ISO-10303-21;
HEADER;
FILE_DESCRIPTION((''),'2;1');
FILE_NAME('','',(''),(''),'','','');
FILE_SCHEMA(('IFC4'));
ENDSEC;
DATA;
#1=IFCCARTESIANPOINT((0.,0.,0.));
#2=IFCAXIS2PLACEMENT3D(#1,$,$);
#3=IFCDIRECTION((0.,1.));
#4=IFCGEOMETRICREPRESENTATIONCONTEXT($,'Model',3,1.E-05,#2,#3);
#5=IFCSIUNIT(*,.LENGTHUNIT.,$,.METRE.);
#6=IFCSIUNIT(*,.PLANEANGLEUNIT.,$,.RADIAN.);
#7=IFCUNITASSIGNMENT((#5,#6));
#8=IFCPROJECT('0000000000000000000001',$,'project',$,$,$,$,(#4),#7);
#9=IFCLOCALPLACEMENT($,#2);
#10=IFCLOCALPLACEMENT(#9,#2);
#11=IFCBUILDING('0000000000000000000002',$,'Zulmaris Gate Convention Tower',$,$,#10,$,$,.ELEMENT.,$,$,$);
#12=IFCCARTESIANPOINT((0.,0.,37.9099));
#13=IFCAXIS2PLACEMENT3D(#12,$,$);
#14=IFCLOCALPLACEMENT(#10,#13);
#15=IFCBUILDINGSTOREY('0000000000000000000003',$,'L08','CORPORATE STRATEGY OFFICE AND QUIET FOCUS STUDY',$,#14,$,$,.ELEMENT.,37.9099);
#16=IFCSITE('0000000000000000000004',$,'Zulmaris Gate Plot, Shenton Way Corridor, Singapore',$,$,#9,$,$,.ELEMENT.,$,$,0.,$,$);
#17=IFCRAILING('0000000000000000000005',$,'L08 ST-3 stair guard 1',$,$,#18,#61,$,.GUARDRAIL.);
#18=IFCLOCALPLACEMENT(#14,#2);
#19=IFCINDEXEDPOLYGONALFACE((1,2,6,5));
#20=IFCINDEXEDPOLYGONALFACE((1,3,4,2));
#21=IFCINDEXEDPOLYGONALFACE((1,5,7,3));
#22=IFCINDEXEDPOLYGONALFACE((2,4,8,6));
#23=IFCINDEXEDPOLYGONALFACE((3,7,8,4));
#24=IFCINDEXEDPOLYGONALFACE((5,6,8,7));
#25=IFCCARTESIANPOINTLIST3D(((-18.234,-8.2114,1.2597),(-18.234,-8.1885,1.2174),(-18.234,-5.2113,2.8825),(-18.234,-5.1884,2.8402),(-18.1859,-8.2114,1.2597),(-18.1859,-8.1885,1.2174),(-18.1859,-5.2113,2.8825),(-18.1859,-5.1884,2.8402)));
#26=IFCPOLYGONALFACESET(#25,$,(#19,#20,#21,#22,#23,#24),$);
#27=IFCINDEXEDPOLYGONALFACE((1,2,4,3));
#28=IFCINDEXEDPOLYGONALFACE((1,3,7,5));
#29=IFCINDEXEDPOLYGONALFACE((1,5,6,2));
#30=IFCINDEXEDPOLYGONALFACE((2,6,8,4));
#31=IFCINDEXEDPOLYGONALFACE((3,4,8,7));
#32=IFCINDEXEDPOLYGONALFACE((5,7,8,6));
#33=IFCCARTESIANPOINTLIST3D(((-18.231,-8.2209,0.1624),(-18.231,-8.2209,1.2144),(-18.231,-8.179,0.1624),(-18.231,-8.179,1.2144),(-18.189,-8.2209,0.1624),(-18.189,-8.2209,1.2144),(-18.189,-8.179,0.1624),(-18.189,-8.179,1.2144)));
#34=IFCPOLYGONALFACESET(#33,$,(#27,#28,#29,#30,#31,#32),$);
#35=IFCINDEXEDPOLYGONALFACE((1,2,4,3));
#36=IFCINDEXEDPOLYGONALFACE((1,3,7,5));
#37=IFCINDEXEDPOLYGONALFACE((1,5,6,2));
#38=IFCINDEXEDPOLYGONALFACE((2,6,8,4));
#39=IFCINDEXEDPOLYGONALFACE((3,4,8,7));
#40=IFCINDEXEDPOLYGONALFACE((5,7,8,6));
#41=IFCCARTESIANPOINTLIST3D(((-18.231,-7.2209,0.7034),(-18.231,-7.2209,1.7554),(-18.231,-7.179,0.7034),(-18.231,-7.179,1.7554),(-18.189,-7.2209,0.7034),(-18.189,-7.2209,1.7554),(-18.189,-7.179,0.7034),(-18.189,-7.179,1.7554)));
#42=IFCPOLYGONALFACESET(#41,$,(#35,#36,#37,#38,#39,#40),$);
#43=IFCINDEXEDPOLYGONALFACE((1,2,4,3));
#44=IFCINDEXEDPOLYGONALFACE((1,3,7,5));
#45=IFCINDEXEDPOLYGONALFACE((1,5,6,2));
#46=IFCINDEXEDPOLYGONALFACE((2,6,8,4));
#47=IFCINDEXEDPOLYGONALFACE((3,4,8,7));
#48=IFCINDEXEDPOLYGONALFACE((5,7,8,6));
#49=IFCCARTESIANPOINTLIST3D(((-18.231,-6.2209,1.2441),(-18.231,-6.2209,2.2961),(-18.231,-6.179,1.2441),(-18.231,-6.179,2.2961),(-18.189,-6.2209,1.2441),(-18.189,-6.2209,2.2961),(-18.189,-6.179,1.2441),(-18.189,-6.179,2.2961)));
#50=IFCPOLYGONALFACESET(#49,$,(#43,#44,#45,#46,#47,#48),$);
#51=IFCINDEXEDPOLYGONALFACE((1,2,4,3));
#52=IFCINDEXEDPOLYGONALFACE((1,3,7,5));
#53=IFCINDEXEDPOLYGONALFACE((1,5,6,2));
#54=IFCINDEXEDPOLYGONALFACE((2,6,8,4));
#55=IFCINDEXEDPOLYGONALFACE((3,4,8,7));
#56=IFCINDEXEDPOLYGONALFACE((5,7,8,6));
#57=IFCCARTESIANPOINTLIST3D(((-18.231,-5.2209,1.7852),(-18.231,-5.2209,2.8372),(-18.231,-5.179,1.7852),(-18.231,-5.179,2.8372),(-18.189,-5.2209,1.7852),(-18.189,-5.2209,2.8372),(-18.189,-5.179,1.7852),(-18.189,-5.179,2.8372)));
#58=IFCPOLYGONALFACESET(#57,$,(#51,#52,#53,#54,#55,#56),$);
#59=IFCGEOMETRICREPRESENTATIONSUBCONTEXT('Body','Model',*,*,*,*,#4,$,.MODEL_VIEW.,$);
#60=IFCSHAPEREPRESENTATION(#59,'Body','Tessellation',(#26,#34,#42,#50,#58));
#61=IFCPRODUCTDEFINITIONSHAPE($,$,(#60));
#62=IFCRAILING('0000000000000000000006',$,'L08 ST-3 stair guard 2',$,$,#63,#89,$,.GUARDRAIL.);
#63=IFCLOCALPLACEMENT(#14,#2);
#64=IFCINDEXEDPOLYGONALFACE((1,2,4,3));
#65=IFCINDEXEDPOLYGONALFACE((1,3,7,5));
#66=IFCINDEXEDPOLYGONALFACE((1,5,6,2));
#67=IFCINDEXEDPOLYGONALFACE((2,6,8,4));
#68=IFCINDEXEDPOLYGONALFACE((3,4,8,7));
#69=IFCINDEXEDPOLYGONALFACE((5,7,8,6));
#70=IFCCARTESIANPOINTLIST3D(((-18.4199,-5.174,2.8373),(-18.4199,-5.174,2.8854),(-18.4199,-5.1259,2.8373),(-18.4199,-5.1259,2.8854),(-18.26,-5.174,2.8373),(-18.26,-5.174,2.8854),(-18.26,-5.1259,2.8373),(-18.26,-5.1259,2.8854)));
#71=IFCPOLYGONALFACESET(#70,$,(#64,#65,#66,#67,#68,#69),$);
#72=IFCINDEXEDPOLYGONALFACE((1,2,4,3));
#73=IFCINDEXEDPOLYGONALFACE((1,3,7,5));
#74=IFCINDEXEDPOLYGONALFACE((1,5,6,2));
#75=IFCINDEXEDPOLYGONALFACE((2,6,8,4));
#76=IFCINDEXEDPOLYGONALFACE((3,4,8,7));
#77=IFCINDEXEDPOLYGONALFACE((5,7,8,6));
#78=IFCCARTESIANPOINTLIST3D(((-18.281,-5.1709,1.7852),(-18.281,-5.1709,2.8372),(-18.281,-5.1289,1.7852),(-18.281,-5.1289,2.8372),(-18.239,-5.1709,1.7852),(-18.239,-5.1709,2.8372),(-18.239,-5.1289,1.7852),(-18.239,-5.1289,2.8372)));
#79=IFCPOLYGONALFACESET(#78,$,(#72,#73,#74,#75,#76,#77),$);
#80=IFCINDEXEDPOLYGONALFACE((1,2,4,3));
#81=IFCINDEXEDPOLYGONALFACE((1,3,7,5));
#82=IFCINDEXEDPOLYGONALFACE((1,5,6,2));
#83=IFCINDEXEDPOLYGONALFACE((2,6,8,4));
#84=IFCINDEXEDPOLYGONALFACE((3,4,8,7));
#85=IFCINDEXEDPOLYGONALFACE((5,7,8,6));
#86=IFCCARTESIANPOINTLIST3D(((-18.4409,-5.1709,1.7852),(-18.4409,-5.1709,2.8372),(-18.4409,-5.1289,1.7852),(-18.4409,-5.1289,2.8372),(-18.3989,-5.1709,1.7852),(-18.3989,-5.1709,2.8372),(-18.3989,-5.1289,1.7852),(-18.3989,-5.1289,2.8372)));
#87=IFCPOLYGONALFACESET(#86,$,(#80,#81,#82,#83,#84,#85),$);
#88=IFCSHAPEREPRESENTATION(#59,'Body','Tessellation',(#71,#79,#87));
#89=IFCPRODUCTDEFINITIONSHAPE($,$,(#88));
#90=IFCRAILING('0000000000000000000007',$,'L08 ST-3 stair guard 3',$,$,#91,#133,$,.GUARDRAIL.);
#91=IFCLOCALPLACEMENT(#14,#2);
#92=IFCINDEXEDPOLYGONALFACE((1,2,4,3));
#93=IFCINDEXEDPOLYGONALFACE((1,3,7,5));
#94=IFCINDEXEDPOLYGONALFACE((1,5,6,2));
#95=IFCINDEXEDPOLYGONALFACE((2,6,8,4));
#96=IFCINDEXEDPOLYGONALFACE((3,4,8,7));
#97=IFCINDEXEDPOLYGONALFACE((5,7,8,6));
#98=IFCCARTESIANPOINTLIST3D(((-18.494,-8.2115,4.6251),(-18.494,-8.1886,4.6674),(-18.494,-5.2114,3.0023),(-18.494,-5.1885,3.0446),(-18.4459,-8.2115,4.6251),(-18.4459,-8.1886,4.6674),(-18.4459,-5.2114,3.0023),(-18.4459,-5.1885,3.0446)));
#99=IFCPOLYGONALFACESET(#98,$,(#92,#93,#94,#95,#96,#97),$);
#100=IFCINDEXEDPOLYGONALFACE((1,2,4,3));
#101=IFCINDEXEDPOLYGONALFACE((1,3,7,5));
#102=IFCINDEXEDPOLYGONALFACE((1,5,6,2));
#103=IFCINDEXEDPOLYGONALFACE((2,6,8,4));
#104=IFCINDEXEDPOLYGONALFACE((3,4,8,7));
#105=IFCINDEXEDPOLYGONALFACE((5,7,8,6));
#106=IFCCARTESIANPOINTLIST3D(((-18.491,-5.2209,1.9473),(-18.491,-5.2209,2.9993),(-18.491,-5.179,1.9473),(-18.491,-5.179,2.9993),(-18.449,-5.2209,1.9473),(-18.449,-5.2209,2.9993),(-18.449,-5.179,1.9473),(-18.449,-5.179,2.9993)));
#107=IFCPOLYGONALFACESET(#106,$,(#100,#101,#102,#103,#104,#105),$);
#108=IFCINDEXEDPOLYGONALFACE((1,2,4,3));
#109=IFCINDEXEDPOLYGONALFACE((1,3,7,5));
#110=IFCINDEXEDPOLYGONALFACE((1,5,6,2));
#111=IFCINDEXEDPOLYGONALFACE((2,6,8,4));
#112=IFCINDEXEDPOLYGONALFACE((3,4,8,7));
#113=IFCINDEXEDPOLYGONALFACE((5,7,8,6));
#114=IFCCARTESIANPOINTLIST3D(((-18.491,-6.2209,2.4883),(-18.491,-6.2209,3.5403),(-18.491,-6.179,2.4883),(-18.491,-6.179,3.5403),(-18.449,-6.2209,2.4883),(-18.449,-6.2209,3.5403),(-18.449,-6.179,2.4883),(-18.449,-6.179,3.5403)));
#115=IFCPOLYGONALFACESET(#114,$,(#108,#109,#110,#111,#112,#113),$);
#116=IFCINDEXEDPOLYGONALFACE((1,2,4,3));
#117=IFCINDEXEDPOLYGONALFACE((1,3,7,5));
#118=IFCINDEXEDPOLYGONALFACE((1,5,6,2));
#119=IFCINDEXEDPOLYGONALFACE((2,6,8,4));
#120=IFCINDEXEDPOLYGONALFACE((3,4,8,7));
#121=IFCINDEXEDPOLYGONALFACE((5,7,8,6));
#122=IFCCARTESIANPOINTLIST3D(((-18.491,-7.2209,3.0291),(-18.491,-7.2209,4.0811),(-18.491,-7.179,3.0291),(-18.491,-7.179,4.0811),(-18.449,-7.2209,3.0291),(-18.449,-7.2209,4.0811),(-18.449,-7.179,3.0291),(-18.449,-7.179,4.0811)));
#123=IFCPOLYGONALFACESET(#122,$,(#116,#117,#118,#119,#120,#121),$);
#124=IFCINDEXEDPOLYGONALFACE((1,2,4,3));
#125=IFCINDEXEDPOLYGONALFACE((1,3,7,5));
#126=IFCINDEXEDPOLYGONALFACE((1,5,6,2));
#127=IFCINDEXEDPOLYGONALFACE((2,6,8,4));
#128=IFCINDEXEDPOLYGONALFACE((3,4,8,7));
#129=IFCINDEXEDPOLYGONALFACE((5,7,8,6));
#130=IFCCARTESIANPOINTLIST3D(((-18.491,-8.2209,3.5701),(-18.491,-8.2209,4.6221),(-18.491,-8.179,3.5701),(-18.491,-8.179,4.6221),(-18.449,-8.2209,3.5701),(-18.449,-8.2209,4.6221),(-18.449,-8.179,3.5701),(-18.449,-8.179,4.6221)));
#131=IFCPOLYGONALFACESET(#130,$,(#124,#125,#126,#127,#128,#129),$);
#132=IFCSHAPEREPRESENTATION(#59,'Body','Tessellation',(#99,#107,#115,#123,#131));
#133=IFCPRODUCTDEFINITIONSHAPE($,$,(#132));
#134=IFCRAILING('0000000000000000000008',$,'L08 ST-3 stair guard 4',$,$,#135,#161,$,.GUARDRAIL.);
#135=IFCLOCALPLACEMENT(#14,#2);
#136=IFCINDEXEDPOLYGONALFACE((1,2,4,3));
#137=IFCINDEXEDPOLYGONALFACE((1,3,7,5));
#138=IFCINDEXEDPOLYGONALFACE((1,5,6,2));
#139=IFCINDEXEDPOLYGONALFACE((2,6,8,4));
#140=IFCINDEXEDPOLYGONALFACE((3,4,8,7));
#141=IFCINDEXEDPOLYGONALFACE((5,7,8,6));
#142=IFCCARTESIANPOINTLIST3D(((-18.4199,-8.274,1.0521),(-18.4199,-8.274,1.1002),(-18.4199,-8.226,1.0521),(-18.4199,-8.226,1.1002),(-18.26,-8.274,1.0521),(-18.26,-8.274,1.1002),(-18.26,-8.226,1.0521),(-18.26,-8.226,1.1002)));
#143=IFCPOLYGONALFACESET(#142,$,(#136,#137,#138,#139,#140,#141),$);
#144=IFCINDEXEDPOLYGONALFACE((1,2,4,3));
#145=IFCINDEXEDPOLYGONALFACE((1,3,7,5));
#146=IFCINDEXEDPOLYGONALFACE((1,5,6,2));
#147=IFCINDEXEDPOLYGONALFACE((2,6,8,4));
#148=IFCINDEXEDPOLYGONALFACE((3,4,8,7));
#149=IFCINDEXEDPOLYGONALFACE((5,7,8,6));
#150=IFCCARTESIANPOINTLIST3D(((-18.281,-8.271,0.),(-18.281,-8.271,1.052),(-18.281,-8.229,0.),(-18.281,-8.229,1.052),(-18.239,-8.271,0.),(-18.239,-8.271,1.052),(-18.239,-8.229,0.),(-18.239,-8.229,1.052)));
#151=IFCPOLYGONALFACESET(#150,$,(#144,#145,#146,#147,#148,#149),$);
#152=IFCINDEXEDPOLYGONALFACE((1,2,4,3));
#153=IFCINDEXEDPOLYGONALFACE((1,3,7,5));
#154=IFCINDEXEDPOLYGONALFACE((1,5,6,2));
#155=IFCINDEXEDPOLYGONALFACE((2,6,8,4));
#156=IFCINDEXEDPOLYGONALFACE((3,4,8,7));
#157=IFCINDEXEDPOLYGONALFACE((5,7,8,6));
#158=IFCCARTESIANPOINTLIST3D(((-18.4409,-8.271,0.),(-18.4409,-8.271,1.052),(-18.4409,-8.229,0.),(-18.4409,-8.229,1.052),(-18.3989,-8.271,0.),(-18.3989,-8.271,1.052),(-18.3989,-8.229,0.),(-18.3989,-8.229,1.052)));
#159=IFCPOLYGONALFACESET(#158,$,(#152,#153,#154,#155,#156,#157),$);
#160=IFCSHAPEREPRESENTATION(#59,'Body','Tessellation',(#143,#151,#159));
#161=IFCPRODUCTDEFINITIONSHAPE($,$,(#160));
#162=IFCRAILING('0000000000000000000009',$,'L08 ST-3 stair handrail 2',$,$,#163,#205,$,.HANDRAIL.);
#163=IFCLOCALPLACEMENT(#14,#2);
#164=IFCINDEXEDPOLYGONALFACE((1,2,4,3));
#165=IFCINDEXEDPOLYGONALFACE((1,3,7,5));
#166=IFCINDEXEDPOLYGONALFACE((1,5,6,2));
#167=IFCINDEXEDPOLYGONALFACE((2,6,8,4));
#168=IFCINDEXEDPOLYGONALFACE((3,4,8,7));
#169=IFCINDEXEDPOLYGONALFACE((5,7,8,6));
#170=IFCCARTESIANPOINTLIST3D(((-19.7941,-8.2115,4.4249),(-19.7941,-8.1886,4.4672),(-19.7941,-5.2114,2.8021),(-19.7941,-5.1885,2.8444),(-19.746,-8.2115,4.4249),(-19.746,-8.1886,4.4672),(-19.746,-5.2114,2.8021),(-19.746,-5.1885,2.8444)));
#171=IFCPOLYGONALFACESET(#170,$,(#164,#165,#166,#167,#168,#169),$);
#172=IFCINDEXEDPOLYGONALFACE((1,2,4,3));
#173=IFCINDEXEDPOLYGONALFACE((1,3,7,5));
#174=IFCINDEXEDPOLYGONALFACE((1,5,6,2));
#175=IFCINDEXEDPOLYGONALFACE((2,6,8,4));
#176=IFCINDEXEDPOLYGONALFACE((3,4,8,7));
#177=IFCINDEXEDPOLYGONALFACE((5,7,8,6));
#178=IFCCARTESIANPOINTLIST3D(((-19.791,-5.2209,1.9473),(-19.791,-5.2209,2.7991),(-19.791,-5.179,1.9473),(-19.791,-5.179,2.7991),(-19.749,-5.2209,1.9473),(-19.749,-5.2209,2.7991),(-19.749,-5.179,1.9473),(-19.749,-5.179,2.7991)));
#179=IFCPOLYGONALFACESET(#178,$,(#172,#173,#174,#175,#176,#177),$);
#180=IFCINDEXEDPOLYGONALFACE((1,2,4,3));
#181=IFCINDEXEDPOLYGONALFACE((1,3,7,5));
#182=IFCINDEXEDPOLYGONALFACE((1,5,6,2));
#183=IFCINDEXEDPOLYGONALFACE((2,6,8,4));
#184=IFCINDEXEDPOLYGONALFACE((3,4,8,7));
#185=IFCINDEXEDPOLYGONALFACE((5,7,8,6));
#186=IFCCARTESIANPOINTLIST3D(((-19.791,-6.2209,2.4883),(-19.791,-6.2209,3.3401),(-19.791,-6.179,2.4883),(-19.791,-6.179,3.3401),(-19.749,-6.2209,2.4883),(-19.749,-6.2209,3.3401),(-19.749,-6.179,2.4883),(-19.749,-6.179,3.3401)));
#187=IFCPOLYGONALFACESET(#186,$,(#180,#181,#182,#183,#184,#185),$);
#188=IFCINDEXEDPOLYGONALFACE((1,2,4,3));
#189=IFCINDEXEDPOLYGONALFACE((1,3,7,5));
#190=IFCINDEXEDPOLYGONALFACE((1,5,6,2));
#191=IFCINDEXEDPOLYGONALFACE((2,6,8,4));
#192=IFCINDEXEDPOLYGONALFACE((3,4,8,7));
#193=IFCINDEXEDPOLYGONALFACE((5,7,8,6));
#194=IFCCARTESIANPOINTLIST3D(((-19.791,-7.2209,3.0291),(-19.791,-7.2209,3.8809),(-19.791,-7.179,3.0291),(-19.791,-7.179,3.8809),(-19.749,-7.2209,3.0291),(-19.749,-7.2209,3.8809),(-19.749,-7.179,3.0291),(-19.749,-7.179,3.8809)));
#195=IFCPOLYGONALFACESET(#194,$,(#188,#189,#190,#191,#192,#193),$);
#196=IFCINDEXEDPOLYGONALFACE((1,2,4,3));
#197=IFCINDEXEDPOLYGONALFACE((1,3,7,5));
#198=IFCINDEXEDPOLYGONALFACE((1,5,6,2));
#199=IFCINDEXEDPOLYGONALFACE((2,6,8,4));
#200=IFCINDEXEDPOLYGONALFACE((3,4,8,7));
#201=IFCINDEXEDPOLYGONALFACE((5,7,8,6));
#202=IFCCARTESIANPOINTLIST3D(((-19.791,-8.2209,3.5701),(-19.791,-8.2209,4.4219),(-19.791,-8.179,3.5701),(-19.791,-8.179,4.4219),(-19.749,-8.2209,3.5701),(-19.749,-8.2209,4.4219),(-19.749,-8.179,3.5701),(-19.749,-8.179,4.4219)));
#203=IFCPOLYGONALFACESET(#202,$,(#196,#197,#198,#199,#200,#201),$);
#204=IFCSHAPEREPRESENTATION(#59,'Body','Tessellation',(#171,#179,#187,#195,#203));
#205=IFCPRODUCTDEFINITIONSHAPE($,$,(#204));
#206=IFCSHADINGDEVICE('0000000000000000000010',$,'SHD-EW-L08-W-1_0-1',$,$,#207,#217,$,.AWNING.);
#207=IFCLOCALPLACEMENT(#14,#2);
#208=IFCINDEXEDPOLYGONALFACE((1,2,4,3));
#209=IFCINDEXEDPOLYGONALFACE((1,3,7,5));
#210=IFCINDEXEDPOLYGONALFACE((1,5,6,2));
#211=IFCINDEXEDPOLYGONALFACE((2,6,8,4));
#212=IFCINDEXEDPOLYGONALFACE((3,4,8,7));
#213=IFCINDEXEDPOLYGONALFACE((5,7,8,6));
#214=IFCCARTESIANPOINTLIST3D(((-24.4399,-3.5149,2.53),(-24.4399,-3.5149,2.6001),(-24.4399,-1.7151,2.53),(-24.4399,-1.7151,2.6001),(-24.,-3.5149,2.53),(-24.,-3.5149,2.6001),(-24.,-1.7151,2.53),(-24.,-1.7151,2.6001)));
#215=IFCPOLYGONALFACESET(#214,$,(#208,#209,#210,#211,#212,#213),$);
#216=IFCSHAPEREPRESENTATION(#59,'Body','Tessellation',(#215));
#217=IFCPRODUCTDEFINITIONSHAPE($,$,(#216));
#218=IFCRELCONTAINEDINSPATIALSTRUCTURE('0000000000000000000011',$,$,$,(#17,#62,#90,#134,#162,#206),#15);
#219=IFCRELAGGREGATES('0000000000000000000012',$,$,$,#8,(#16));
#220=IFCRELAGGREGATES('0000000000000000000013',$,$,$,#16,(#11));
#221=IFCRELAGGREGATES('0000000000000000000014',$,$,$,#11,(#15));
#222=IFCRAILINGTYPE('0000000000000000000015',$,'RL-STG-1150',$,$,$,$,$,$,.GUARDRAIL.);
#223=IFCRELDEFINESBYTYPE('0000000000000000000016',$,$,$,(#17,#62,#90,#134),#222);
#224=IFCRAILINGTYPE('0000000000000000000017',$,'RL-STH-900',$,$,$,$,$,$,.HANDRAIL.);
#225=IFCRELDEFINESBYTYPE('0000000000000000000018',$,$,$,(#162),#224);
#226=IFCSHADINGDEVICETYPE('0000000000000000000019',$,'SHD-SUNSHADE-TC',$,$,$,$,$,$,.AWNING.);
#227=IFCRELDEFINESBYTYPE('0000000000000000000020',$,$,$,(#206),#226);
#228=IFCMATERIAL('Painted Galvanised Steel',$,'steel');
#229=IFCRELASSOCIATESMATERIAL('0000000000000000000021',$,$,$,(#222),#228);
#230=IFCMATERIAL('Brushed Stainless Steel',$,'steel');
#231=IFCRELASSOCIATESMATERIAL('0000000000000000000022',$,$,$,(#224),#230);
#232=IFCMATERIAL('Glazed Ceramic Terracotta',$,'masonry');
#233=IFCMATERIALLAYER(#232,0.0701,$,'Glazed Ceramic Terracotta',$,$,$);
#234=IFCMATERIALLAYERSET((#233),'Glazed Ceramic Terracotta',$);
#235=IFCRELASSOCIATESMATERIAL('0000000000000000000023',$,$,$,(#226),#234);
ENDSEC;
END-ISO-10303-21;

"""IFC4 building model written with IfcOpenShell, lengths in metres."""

from ifc_helpers import new_model, si_unit, direction, frame, frame_2d, origin, origin_2d, place, context, subcontext, project, spatial, rectangle, extrude, material, layer, layer_set, type_object, element, save


model = new_model("IFC4")

# Units and contexts
model_context = context("Model", 3, precision=1e-05, world=origin(), true_north=direction((0.0, 1.0)))
body_context = subcontext(model_context, "Body", "Model", "MODEL_VIEW")
ifc_project = project(units=[si_unit("LENGTHUNIT", "METRE"), si_unit("PLANEANGLEUNIT", "RADIAN")], contexts=[model_context])

# Site, building, storey
site_placement = place(None, origin())
site = spatial("IfcSite", under=ifc_project, at=site_placement, Name="Zulmaris Gate Plot, Shenton Way Corridor, Singapore", CompositionType="ELEMENT", RefElevation=0.0)
building_placement = place(site_placement, origin())
building = spatial("IfcBuilding", under=site, at=building_placement, Name="Zulmaris Gate Convention Tower", CompositionType="ELEMENT")
storey_placement = place(building_placement, frame((0.0, 0.0, 37.9099)))
storey = spatial("IfcBuildingStorey", under=building, at=storey_placement, Name="L08", Description="CORPORATE STRATEGY OFFICE AND QUIET FOCUS STUDY", CompositionType="ELEMENT", Elevation=37.9099)

# Railings
ifc_material_1 = material(Name="Painted Galvanised Steel", Category="steel")
railing_type_1 = type_object("IfcRailingType", Name="RL-STG-1150", PredefinedType="GUARDRAIL", material=ifc_material_1)
railing_1_placement = place(storey_placement, frame((-18.21, -8.2, 0.1624)))
element("IfcRailing", 1, at=railing_1_placement, inside=storey, type_object=railing_type_1, Name="L08 ST-3 stair guard 1", PredefinedType="GUARDRAIL", context=body_context, shape_type="SweptSolid", body=[
    extrude(rectangle(XDim=0.0481, YDim=0.0481, at=origin_2d()), frame((0.0, 0.0, 1.0762), z_axis=(0.0, 0.879562, 0.475785), x_axis=(-1.0, 0.0, 0.0)), (0.0, 0.0, 1.0), 3.4109),
    extrude(rectangle(XDim=0.042, YDim=0.042, at=origin_2d()), origin(), (0.0, 0.0, 1.0), 1.052),
    extrude(rectangle(XDim=0.042, YDim=0.042, at=origin_2d()), frame((0.0, 1.0, 0.541)), (0.0, 0.0, 1.0), 1.052),
    extrude(rectangle(XDim=0.042, YDim=0.042, at=origin_2d()), frame((0.0, 2.0, 1.0818)), (0.0, 0.0, 1.0), 1.052),
    extrude(rectangle(XDim=0.042, YDim=0.042, at=origin_2d()), frame((0.0, 3.0, 1.6228)), (0.0, 0.0, 1.0), 1.052),
])
railing_2_placement = place(storey_placement, frame((-18.26, -5.1499, 1.7852)))
element("IfcRailing", 2, at=railing_2_placement, inside=storey, type_object=railing_type_1, Name="L08 ST-3 stair guard 2", PredefinedType="GUARDRAIL", context=body_context, shape_type="SweptSolid", body=[
    extrude(rectangle(XDim=0.0481, YDim=0.0481, at=origin_2d()), frame((0.0, 0.0, 1.0762), z_axis=(-1.0, 0.0, 0.0), x_axis=(0.0, -1.0, 0.0)), (0.0, 0.0, 1.0), 0.1599),
    extrude(rectangle(XDim=0.042, YDim=0.042, at=origin_2d()), origin(), (0.0, 0.0, 1.0), 1.052),
    extrude(rectangle(XDim=0.042, YDim=0.042, at=origin_2d()), frame((-0.1599, 0.0, 0.0)), (0.0, 0.0, 1.0), 1.052),
])
railing_3_placement = place(storey_placement, frame((-18.47, -5.2, 1.9473)))
element("IfcRailing", 3, at=railing_3_placement, inside=storey, type_object=railing_type_1, Name="L08 ST-3 stair guard 3", PredefinedType="GUARDRAIL", context=body_context, shape_type="SweptSolid", body=[
    extrude(rectangle(XDim=0.0481, YDim=0.0481, at=origin_2d()), frame((0.0, 0.0, 1.0762), z_axis=(0.0, -0.879562, 0.475785), x_axis=(1.0, 0.0, 0.0)), (0.0, 0.0, 1.0), 3.4109),
    extrude(rectangle(XDim=0.042, YDim=0.042, at=origin_2d()), origin(), (0.0, 0.0, 1.0), 1.052),
    extrude(rectangle(XDim=0.042, YDim=0.042, at=origin_2d()), frame((0.0, -1.0, 0.541)), (0.0, 0.0, 1.0), 1.052),
    extrude(rectangle(XDim=0.042, YDim=0.042, at=origin_2d()), frame((0.0, -2.0, 1.0818)), (0.0, 0.0, 1.0), 1.052),
    extrude(rectangle(XDim=0.042, YDim=0.042, at=origin_2d()), frame((0.0, -3.0, 1.6228)), (0.0, 0.0, 1.0), 1.052),
])
railing_4_placement = place(storey_placement, frame((-18.26, -8.25, 0.0)))
element("IfcRailing", 4, at=railing_4_placement, inside=storey, type_object=railing_type_1, Name="L08 ST-3 stair guard 4", PredefinedType="GUARDRAIL", context=body_context, shape_type="SweptSolid", body=[
    extrude(rectangle(XDim=0.0481, YDim=0.0481, at=origin_2d()), frame((0.0, 0.0, 1.0762), z_axis=(-1.0, 0.0, 0.0), x_axis=(0.0, -1.0, 0.0)), (0.0, 0.0, 1.0), 0.1599),
    extrude(rectangle(XDim=0.042, YDim=0.042, at=origin_2d()), origin(), (0.0, 0.0, 1.0), 1.052),
    extrude(rectangle(XDim=0.042, YDim=0.042, at=origin_2d()), frame((-0.1599, 0.0, 0.0)), (0.0, 0.0, 1.0), 1.052),
])
ifc_material_2 = material(Name="Brushed Stainless Steel", Category="steel")
railing_type_2 = type_object("IfcRailingType", Name="RL-STH-900", PredefinedType="HANDRAIL", material=ifc_material_2)
railing_5_placement = place(storey_placement, frame((-19.77, -5.2, 1.9473)))
element("IfcRailing", 5, at=railing_5_placement, inside=storey, type_object=railing_type_2, Name="L08 ST-3 stair handrail 2", PredefinedType="HANDRAIL", context=body_context, shape_type="SweptSolid", body=[
    extrude(rectangle(XDim=0.0481, YDim=0.0481, at=origin_2d()), frame((0.0, 0.0, 0.876), z_axis=(0.0, -0.879562, 0.475785), x_axis=(1.0, 0.0, 0.0)), (0.0, 0.0, 1.0), 3.4109),
    extrude(rectangle(XDim=0.042, YDim=0.042, at=origin_2d()), origin(), (0.0, 0.0, 1.0), 0.8518),
    extrude(rectangle(XDim=0.042, YDim=0.042, at=origin_2d()), frame((0.0, -1.0, 0.541)), (0.0, 0.0, 1.0), 0.8518),
    extrude(rectangle(XDim=0.042, YDim=0.042, at=origin_2d()), frame((0.0, -2.0, 1.0818)), (0.0, 0.0, 1.0), 0.8518),
    extrude(rectangle(XDim=0.042, YDim=0.042, at=origin_2d()), frame((0.0, -3.0, 1.6228)), (0.0, 0.0, 1.0), 0.8518),
])

# Shading device
ifc_material_3 = material(Name="Glazed Ceramic Terracotta", Category="masonry")
ifc_layer_1 = layer(ifc_material_3, 0.0701, Name="Glazed Ceramic Terracotta")
ifc_layer_set_1 = layer_set([ifc_layer_1], Name="Glazed Ceramic Terracotta")
shading_device_type = type_object("IfcShadingDeviceType", Name="SHD-SUNSHADE-TC", PredefinedType="AWNING", material=ifc_layer_set_1)
for number, where, z_axis, x_axis, name in (
    (6, (-24.22, -1.7151, 2.53), (0.0, 0.0, 1.0), (0.0, -1.0, 0.0), "SHD-EW-L08-W-1_0-1"),
):
    element("IfcShadingDevice", number, at=place(storey_placement, frame(where, z_axis=z_axis, x_axis=x_axis)), inside=storey, type_object=shading_device_type, Name=name, PredefinedType="AWNING", context=body_context, shape_type="SweptSolid", body=[
        extrude(rectangle(XDim=1.7998, YDim=0.4399, at=frame_2d((0.8999, 0.0))), origin(), (0.0, 0.0, 1.0), 0.0701),
    ])

save(model, "model.ifc")
